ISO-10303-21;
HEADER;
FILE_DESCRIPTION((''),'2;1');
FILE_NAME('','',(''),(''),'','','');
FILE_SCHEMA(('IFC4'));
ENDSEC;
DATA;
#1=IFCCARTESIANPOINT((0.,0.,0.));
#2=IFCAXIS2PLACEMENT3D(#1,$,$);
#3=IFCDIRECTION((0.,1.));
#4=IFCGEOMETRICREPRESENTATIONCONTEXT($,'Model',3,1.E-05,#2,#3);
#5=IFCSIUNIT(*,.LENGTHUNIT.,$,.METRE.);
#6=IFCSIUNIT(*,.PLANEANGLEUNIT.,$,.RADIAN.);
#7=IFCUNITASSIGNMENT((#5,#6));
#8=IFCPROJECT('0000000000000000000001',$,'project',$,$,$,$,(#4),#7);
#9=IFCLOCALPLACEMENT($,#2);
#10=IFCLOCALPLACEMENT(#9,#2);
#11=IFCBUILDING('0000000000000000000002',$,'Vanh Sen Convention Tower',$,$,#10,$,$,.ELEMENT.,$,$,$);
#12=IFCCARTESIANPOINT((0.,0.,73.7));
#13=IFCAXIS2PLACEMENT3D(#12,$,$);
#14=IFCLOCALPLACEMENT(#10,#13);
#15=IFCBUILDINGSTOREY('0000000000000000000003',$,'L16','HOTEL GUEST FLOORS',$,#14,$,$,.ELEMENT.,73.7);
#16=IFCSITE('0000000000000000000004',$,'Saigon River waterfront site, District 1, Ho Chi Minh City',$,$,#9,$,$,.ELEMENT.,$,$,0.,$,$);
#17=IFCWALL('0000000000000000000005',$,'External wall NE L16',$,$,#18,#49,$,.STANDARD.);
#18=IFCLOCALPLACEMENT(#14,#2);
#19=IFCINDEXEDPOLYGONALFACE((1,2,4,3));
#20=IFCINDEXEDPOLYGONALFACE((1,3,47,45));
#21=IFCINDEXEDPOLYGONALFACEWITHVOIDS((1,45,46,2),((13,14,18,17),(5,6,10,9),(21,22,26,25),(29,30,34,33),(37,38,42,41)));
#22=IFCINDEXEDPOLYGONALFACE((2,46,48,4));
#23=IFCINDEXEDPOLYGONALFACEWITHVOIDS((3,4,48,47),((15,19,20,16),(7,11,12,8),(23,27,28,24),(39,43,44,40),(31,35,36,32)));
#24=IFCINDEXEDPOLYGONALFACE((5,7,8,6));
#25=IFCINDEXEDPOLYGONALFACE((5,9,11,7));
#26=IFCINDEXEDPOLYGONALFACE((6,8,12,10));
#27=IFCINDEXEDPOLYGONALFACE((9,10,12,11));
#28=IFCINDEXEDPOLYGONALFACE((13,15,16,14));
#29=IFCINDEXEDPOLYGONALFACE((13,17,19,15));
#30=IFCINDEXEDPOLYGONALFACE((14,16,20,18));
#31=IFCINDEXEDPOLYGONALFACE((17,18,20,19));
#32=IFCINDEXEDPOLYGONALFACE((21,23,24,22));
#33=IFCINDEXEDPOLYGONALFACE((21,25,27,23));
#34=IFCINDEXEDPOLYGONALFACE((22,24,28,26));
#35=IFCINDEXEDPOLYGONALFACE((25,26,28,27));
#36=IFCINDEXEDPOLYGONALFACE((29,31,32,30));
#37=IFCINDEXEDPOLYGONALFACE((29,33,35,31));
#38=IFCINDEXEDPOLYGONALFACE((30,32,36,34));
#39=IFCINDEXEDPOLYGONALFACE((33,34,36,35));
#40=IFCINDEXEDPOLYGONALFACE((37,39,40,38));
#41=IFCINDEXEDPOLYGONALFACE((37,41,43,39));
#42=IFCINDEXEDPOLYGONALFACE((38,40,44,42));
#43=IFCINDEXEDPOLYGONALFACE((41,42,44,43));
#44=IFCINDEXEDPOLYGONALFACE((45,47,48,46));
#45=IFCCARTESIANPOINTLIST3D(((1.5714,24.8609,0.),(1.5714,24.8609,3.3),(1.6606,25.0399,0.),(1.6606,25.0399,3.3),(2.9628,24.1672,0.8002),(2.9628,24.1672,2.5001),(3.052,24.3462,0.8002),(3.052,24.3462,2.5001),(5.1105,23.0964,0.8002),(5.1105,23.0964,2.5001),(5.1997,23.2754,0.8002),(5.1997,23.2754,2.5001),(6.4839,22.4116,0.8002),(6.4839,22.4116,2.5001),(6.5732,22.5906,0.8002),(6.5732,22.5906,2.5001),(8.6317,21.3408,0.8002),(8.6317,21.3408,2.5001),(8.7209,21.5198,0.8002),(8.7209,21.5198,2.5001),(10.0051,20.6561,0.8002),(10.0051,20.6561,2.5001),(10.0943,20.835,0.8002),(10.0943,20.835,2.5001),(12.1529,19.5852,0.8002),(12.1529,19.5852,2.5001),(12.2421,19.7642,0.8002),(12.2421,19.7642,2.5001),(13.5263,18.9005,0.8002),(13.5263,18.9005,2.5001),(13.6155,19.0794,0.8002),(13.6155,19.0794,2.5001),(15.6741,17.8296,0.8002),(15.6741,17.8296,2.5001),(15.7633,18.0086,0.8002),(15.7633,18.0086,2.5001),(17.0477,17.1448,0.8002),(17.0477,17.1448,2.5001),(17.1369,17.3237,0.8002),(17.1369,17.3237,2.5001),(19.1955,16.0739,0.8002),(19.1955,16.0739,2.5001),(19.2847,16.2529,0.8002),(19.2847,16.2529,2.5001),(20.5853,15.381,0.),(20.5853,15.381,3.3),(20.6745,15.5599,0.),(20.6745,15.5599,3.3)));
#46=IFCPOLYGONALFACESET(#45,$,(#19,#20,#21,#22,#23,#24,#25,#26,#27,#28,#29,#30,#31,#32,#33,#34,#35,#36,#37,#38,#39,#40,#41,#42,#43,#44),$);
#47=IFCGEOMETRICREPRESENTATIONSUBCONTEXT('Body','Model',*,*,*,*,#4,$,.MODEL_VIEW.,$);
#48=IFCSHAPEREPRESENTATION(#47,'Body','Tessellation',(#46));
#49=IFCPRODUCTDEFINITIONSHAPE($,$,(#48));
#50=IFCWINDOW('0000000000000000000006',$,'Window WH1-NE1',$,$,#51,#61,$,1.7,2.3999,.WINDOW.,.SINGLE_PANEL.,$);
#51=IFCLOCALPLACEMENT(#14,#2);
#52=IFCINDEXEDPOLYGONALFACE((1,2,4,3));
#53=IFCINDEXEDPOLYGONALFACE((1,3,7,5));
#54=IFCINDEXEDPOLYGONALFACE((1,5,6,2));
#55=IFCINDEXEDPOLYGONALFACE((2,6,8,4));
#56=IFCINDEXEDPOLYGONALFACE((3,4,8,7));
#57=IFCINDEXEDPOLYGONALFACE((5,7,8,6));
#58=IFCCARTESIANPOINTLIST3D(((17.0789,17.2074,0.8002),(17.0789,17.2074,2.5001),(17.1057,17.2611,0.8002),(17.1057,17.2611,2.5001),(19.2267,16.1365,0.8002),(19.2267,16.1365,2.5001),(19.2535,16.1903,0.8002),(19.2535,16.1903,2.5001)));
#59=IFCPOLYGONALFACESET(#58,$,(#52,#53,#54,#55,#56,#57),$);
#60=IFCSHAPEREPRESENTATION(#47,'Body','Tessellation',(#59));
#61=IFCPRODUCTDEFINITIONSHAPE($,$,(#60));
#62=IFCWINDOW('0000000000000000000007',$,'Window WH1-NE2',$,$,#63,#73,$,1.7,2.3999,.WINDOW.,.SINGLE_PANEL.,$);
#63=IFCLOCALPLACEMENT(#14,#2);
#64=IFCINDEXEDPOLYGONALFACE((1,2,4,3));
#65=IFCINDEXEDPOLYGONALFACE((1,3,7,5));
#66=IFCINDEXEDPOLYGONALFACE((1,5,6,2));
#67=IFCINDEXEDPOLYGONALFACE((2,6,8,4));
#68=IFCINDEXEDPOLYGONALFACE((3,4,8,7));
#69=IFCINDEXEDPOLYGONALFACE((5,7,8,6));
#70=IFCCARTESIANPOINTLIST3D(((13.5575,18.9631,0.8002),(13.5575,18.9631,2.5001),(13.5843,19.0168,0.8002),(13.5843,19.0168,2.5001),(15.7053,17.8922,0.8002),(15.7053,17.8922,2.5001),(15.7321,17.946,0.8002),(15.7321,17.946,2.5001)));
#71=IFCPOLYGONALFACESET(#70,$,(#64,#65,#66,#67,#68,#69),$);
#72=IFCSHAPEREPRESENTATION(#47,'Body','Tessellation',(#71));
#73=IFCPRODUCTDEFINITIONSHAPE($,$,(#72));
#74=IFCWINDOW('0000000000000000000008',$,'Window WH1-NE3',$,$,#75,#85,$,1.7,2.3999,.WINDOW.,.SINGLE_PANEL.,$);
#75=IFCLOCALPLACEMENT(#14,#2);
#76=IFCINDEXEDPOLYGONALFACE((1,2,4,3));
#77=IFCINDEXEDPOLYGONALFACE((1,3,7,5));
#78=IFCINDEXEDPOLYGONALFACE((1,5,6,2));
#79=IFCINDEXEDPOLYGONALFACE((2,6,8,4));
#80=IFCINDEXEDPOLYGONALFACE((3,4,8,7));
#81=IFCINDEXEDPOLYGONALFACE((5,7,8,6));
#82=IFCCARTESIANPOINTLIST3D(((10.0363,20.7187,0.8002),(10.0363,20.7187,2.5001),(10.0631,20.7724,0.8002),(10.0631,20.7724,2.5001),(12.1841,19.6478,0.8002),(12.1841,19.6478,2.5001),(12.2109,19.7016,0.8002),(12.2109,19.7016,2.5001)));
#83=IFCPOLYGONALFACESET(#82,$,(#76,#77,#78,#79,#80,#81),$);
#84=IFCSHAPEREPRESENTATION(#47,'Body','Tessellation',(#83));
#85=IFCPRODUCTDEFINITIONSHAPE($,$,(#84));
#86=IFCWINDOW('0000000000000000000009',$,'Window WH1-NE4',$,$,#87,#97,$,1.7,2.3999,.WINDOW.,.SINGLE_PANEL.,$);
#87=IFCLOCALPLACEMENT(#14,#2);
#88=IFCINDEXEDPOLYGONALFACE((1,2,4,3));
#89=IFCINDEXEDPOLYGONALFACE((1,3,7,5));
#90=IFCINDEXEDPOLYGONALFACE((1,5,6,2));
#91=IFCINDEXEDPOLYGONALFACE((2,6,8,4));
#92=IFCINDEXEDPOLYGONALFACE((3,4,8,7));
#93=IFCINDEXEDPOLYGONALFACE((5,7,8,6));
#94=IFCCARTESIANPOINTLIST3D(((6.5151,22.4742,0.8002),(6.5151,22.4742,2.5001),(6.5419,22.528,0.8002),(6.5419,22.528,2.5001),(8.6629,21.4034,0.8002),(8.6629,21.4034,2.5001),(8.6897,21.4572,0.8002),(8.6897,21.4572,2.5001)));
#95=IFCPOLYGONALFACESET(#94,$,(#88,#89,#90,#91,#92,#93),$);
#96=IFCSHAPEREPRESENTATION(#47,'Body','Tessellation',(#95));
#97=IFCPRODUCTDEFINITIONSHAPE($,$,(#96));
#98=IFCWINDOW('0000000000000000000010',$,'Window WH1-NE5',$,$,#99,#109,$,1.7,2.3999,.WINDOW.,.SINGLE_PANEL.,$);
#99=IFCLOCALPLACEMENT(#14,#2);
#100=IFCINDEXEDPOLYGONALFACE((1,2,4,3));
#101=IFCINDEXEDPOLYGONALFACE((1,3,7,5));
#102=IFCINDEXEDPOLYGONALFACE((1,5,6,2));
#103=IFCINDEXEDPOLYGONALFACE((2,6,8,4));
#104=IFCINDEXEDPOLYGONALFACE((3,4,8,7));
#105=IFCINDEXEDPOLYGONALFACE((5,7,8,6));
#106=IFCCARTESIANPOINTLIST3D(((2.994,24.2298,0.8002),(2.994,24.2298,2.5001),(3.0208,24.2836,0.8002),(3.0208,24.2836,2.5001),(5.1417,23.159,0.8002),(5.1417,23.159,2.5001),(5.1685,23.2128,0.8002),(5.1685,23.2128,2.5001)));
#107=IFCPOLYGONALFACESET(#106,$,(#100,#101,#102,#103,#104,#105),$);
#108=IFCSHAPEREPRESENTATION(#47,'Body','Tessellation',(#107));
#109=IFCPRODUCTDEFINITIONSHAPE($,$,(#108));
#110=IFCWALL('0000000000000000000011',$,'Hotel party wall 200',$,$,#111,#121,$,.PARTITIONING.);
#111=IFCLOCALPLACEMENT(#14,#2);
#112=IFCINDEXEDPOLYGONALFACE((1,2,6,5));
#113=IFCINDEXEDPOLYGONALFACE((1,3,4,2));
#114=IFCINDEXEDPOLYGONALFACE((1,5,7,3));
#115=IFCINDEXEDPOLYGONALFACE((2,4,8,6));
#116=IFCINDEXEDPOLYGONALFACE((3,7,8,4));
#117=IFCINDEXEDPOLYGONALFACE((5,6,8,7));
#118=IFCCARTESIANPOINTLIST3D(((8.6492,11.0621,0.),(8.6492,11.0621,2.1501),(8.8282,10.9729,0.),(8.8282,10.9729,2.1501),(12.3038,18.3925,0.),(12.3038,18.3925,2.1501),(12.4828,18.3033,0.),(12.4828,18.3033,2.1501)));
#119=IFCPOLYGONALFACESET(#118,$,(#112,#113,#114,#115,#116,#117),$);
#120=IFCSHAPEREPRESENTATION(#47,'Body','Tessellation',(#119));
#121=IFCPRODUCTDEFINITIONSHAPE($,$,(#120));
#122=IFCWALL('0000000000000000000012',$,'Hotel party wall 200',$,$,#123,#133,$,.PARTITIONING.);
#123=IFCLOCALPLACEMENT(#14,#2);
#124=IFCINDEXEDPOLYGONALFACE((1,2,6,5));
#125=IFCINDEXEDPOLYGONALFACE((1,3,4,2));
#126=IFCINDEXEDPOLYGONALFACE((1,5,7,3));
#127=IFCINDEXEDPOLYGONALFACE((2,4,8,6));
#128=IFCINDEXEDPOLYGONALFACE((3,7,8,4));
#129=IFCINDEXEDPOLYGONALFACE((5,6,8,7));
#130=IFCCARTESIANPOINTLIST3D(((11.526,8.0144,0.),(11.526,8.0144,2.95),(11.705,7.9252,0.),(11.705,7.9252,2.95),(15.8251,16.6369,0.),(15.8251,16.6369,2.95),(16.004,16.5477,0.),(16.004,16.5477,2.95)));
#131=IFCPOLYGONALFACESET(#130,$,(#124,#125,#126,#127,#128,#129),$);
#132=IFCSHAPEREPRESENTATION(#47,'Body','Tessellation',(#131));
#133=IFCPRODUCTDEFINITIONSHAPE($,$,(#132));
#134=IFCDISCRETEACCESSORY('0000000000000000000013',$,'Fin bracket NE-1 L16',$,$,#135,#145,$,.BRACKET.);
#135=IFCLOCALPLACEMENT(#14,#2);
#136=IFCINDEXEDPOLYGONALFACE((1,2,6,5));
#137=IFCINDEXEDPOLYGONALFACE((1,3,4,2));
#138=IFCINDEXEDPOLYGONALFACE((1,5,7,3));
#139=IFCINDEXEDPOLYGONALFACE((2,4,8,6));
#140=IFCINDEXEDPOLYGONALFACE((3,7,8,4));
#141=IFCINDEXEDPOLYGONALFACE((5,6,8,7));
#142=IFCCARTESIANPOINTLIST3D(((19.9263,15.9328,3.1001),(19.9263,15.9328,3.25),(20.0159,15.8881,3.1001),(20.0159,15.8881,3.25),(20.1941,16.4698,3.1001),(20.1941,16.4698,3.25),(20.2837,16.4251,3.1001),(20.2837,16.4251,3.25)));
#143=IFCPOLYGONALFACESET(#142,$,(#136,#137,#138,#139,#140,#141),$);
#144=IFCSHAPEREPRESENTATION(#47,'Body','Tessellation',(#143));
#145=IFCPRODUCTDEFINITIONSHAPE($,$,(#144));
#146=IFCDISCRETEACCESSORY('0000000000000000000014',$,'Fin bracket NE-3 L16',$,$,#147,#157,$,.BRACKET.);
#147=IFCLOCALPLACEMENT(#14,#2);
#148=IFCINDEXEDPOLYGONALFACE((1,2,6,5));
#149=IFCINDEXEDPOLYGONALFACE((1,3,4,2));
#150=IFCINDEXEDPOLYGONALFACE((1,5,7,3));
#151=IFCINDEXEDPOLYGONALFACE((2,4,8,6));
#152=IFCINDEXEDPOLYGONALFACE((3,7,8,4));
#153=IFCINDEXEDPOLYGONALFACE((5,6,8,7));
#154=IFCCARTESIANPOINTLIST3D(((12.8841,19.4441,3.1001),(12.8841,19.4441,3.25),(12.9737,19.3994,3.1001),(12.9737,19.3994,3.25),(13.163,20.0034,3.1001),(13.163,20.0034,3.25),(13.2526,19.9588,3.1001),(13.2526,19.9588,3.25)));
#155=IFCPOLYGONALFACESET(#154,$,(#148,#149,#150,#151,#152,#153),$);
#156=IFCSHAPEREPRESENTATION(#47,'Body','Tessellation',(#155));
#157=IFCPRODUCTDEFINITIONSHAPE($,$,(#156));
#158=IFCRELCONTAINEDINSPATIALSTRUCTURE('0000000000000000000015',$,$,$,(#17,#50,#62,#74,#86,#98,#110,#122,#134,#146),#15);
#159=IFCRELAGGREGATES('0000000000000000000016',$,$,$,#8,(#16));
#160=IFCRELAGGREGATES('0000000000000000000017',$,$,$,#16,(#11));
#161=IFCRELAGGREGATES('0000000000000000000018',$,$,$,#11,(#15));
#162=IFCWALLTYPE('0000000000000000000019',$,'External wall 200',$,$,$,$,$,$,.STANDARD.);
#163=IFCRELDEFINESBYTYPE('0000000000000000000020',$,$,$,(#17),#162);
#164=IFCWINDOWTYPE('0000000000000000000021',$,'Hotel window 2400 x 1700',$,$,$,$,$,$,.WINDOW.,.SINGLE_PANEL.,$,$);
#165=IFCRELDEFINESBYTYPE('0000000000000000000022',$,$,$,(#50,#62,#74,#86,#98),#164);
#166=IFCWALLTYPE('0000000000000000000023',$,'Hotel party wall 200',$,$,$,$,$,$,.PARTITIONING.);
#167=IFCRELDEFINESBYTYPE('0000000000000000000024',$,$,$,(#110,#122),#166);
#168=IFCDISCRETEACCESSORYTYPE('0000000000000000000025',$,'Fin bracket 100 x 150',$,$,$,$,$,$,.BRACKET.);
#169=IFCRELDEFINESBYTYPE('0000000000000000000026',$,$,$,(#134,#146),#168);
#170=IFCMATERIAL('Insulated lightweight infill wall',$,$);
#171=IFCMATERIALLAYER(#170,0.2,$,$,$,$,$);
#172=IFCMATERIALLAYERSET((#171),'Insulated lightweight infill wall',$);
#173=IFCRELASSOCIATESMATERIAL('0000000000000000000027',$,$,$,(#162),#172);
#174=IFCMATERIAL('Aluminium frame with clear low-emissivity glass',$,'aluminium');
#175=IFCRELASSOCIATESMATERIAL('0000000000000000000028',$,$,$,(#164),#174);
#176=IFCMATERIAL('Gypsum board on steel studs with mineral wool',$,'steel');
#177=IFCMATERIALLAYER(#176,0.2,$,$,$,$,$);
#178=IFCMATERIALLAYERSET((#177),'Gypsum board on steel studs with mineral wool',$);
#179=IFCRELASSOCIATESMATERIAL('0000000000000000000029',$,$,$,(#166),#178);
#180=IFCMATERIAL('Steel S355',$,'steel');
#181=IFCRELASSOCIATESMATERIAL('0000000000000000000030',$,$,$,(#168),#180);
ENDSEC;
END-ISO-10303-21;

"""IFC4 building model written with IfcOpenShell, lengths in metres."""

from ifc_helpers import new_model, si_unit, direction, frame, frame_2d, origin, origin_2d, place, context, subcontext, project, spatial, rectangle, extrude, material, layer, layer_set, type_object, element, fill, save


model = new_model("IFC4")

# Units and contexts
model_context = context("Model", 3, precision=1e-05, world=origin(), true_north=direction((0.0, 1.0)))
body_context = subcontext(model_context, "Body", "Model", "MODEL_VIEW")
ifc_project = project(units=[si_unit("LENGTHUNIT", "METRE"), si_unit("PLANEANGLEUNIT", "RADIAN")], contexts=[model_context])

# Site, building, storey
site_placement = place(None, origin())
site = spatial("IfcSite", under=ifc_project, at=site_placement, Name="Saigon River waterfront site, District 1, Ho Chi Minh City", CompositionType="ELEMENT", RefElevation=0.0)
building_placement = place(site_placement, origin())
building = spatial("IfcBuilding", under=site, at=building_placement, Name="Vanh Sen Convention Tower", CompositionType="ELEMENT")
storey_placement = place(building_placement, frame((0.0, 0.0, 73.7)))
storey = spatial("IfcBuildingStorey", under=building, at=storey_placement, Name="L16", Description="HOTEL GUEST FLOORS", CompositionType="ELEMENT", Elevation=73.7)

# Shared definitions
ifc_material_1 = material(Name="Insulated lightweight infill wall")
ifc_layer_1 = layer(ifc_material_1, 0.2)
ifc_layer_set_1 = layer_set([ifc_layer_1], Name="Insulated lightweight infill wall")
wall_type_1 = type_object("IfcWallType", Name="External wall 200", PredefinedType="STANDARD", material=ifc_layer_set_1)
ifc_material_2 = material(Name="Aluminium frame with clear low-emissivity glass", Category="aluminium")

# Wall, openings, windows
wall_1_placement = place(storey_placement, frame((20.6299, 15.4705, 0.0), z_axis=(0.0, 0.0, 1.0), x_axis=(-0.894935, 0.446197, 0.0)))
wall_1 = element("IfcWall", 1, at=wall_1_placement, inside=storey, type_object=wall_type_1, Name="External wall NE L16", PredefinedType="STANDARD", context=body_context, shape_type="SweptSolid", body=[
    extrude(rectangle(XDim=21.2461, YDim=0.2, at=frame_2d((10.623, 0.0))), origin(), (0.0, 0.0, 1.0), 3.3),
])
opening_1_placement = place(wall_1_placement, frame((1.553, 0.0, 0.8)))
opening_1 = element("IfcOpeningElement", 2, at=opening_1_placement, cuts=wall_1, PredefinedType="OPENING", context=body_context, shape_type="SweptSolid", body=[
    extrude(rectangle(XDim=2.3999, YDim=1.7, at=frame_2d((1.2, 0.8501))), frame((0.0, 0.1099, 0.0), z_axis=(0.0, -1.0, 0.0), x_axis=(1.0, 0.0, 0.0)), (0.0, 0.0, 1.0), 0.22),
])
opening_2_placement = place(wall_1_placement, frame((5.4878, 0.0, 0.8)))
opening_2 = element("IfcOpeningElement", 3, at=opening_2_placement, cuts=wall_1, PredefinedType="OPENING", context=body_context, shape_type="SweptSolid", body=[
    extrude(rectangle(XDim=2.3999, YDim=1.7, at=frame_2d((1.2, 0.8501))), frame((0.0, 0.1099, 0.0), z_axis=(0.0, -1.0, 0.0), x_axis=(1.0, 0.0, 0.0)), (0.0, 0.0, 1.0), 0.22),
])
opening_3_placement = place(wall_1_placement, frame((9.4224, 0.0, 0.8)))
opening_3 = element("IfcOpeningElement", 4, at=opening_3_placement, cuts=wall_1, PredefinedType="OPENING", context=body_context, shape_type="SweptSolid", body=[
    extrude(rectangle(XDim=2.3999, YDim=1.7, at=frame_2d((1.2, 0.8501))), frame((0.0, 0.1099, 0.0), z_axis=(0.0, -1.0, 0.0), x_axis=(1.0, 0.0, 0.0)), (0.0, 0.0, 1.0), 0.22),
])
opening_4_placement = place(wall_1_placement, frame((13.3569, 0.0, 0.8)))
opening_4 = element("IfcOpeningElement", 5, at=opening_4_placement, cuts=wall_1, PredefinedType="OPENING", context=body_context, shape_type="SweptSolid", body=[
    extrude(rectangle(XDim=2.3999, YDim=1.7, at=frame_2d((1.2, 0.8501))), frame((0.0, 0.1099, 0.0), z_axis=(0.0, -1.0, 0.0), x_axis=(1.0, 0.0, 0.0)), (0.0, 0.0, 1.0), 0.22),
])
opening_5_placement = place(wall_1_placement, frame((17.2915, 0.0, 0.8)))
opening_5 = element("IfcOpeningElement", 6, at=opening_5_placement, cuts=wall_1, PredefinedType="OPENING", context=body_context, shape_type="SweptSolid", body=[
    extrude(rectangle(XDim=2.3999, YDim=1.7, at=frame_2d((1.2, 0.8501))), frame((0.0, 0.1099, 0.0), z_axis=(0.0, -1.0, 0.0), x_axis=(1.0, 0.0, 0.0)), (0.0, 0.0, 1.0), 0.22),
])
window_type_1 = type_object("IfcWindowType", Name="Hotel window 2400 x 1700", PartitioningType="SINGLE_PANEL", PredefinedType="WINDOW", material=ifc_material_2)
window_1_placement = place(opening_1_placement, origin())
window_1 = element("IfcWindow", 7, at=window_1_placement, inside=storey, type_object=window_type_1, Name="Window WH1-NE1", OverallHeight=1.7, OverallWidth=2.3999, PartitioningType="SINGLE_PANEL", PredefinedType="WINDOW", context=body_context, shape_type="SweptSolid", body=[
    extrude(rectangle(XDim=2.3999, YDim=1.7, at=frame_2d((1.2, 0.8501))), frame((0.0, 0.03, 0.0), z_axis=(0.0, -1.0, 0.0), x_axis=(1.0, 0.0, 0.0)), (0.0, 0.0, 1.0), 0.0601),
])
fill(opening_1, window_1)
window_2_placement = place(opening_2_placement, origin())
window_2 = element("IfcWindow", 8, at=window_2_placement, inside=storey, type_object=window_type_1, Name="Window WH1-NE2", OverallHeight=1.7, OverallWidth=2.3999, PartitioningType="SINGLE_PANEL", PredefinedType="WINDOW", context=body_context, shape_type="SweptSolid", body=[
    extrude(rectangle(XDim=2.3999, YDim=1.7, at=frame_2d((1.2, 0.8501))), frame((0.0, 0.03, 0.0), z_axis=(0.0, -1.0, 0.0), x_axis=(1.0, 0.0, 0.0)), (0.0, 0.0, 1.0), 0.0601),
])
fill(opening_2, window_2)
window_3_placement = place(opening_3_placement, origin())
window_3 = element("IfcWindow", 9, at=window_3_placement, inside=storey, type_object=window_type_1, Name="Window WH1-NE3", OverallHeight=1.7, OverallWidth=2.3999, PartitioningType="SINGLE_PANEL", PredefinedType="WINDOW", context=body_context, shape_type="SweptSolid", body=[
    extrude(rectangle(XDim=2.3999, YDim=1.7, at=frame_2d((1.2, 0.8501))), frame((0.0, 0.03, 0.0), z_axis=(0.0, -1.0, 0.0), x_axis=(1.0, 0.0, 0.0)), (0.0, 0.0, 1.0), 0.0601),
])
fill(opening_3, window_3)
window_4_placement = place(opening_4_placement, origin())
window_4 = element("IfcWindow", 10, at=window_4_placement, inside=storey, type_object=window_type_1, Name="Window WH1-NE4", OverallHeight=1.7, OverallWidth=2.3999, PartitioningType="SINGLE_PANEL", PredefinedType="WINDOW", context=body_context, shape_type="SweptSolid", body=[
    extrude(rectangle(XDim=2.3999, YDim=1.7, at=frame_2d((1.2, 0.8501))), frame((0.0, 0.03, 0.0), z_axis=(0.0, -1.0, 0.0), x_axis=(1.0, 0.0, 0.0)), (0.0, 0.0, 1.0), 0.0601),
])
fill(opening_4, window_4)
window_5_placement = place(opening_5_placement, origin())
window_5 = element("IfcWindow", 11, at=window_5_placement, inside=storey, type_object=window_type_1, Name="Window WH1-NE5", OverallHeight=1.7, OverallWidth=2.3999, PartitioningType="SINGLE_PANEL", PredefinedType="WINDOW", context=body_context, shape_type="SweptSolid", body=[
    extrude(rectangle(XDim=2.3999, YDim=1.7, at=frame_2d((1.2, 0.8501))), frame((0.0, 0.03, 0.0), z_axis=(0.0, -1.0, 0.0), x_axis=(1.0, 0.0, 0.0)), (0.0, 0.0, 1.0), 0.0601),
])
fill(opening_5, window_5)

# Walls
ifc_material_3 = material(Name="Gypsum board on steel studs with mineral wool", Category="steel")
ifc_layer_2 = layer(ifc_material_3, 0.2)
ifc_layer_set_2 = layer_set([ifc_layer_2], Name="Gypsum board on steel studs with mineral wool")
wall_type_2 = type_object("IfcWallType", Name="Hotel party wall 200", PredefinedType="PARTITIONING", material=ifc_layer_set_2)
wall_2_placement = place(storey_placement, frame((12.3933, 18.3479, 0.0), z_axis=(0.0, 0.0, 1.0), x_axis=(-0.446176, -0.894945, 0.0)))
element("IfcWall", 12, at=wall_2_placement, inside=storey, type_object=wall_type_2, Name="Hotel party wall 200", PredefinedType="PARTITIONING", context=body_context, shape_type="SweptSolid", body=[
    extrude(rectangle(XDim=8.1909, YDim=0.2, at=frame_2d((4.0955, 0.0))), origin(), (0.0, 0.0, 1.0), 2.1501),
])
wall_3_placement = place(storey_placement, frame((15.9146, 16.5923, 0.0), z_axis=(0.0, 0.0, 1.0), x_axis=(-0.4462, -0.894933, 0.0)))
element("IfcWall", 13, at=wall_3_placement, inside=storey, type_object=wall_type_2, Name="Hotel party wall 200", PredefinedType="PARTITIONING", context=body_context, shape_type="SweptSolid", body=[
    extrude(rectangle(XDim=9.6348, YDim=0.2, at=frame_2d((4.8174, 0.0))), origin(), (0.0, 0.0, 1.0), 2.95),
])

# Discrete accessories
ifc_material_4 = material(Name="Steel S355", Category="steel")
discrete_accessory_type = type_object("IfcDiscreteAccessoryType", Name="Fin bracket 100 x 150", PredefinedType="BRACKET", material=ifc_material_4)
discrete_accessory_1_placement = place(storey_placement, frame((20.105, 16.179, 3.1001), z_axis=(0.0, 0.0, 1.0), x_axis=(0.446198, 0.894934, 0.0)))
element("IfcDiscreteAccessory", 14, at=discrete_accessory_1_placement, inside=storey, type_object=discrete_accessory_type, Name="Fin bracket NE-1 L16", PredefinedType="BRACKET", context=body_context, shape_type="SweptSolid", body=[
    extrude(rectangle(XDim=0.6001, YDim=0.1001, at=origin_2d()), origin(), (0.0, 0.0, 1.0), 0.1499),
])
discrete_accessory_2_placement = place(storey_placement, frame((13.0684, 19.7014, 3.1001), z_axis=(0.0, 0.0, 1.0), x_axis=(0.446198, 0.894934, 0.0)))
element("IfcDiscreteAccessory", 15, at=discrete_accessory_2_placement, inside=storey, type_object=discrete_accessory_type, Name="Fin bracket NE-3 L16", PredefinedType="BRACKET", context=body_context, shape_type="SweptSolid", body=[
    extrude(rectangle(XDim=0.625, YDim=0.1001, at=origin_2d()), origin(), (0.0, 0.0, 1.0), 0.1499),
])

save(model, "model.ifc")
